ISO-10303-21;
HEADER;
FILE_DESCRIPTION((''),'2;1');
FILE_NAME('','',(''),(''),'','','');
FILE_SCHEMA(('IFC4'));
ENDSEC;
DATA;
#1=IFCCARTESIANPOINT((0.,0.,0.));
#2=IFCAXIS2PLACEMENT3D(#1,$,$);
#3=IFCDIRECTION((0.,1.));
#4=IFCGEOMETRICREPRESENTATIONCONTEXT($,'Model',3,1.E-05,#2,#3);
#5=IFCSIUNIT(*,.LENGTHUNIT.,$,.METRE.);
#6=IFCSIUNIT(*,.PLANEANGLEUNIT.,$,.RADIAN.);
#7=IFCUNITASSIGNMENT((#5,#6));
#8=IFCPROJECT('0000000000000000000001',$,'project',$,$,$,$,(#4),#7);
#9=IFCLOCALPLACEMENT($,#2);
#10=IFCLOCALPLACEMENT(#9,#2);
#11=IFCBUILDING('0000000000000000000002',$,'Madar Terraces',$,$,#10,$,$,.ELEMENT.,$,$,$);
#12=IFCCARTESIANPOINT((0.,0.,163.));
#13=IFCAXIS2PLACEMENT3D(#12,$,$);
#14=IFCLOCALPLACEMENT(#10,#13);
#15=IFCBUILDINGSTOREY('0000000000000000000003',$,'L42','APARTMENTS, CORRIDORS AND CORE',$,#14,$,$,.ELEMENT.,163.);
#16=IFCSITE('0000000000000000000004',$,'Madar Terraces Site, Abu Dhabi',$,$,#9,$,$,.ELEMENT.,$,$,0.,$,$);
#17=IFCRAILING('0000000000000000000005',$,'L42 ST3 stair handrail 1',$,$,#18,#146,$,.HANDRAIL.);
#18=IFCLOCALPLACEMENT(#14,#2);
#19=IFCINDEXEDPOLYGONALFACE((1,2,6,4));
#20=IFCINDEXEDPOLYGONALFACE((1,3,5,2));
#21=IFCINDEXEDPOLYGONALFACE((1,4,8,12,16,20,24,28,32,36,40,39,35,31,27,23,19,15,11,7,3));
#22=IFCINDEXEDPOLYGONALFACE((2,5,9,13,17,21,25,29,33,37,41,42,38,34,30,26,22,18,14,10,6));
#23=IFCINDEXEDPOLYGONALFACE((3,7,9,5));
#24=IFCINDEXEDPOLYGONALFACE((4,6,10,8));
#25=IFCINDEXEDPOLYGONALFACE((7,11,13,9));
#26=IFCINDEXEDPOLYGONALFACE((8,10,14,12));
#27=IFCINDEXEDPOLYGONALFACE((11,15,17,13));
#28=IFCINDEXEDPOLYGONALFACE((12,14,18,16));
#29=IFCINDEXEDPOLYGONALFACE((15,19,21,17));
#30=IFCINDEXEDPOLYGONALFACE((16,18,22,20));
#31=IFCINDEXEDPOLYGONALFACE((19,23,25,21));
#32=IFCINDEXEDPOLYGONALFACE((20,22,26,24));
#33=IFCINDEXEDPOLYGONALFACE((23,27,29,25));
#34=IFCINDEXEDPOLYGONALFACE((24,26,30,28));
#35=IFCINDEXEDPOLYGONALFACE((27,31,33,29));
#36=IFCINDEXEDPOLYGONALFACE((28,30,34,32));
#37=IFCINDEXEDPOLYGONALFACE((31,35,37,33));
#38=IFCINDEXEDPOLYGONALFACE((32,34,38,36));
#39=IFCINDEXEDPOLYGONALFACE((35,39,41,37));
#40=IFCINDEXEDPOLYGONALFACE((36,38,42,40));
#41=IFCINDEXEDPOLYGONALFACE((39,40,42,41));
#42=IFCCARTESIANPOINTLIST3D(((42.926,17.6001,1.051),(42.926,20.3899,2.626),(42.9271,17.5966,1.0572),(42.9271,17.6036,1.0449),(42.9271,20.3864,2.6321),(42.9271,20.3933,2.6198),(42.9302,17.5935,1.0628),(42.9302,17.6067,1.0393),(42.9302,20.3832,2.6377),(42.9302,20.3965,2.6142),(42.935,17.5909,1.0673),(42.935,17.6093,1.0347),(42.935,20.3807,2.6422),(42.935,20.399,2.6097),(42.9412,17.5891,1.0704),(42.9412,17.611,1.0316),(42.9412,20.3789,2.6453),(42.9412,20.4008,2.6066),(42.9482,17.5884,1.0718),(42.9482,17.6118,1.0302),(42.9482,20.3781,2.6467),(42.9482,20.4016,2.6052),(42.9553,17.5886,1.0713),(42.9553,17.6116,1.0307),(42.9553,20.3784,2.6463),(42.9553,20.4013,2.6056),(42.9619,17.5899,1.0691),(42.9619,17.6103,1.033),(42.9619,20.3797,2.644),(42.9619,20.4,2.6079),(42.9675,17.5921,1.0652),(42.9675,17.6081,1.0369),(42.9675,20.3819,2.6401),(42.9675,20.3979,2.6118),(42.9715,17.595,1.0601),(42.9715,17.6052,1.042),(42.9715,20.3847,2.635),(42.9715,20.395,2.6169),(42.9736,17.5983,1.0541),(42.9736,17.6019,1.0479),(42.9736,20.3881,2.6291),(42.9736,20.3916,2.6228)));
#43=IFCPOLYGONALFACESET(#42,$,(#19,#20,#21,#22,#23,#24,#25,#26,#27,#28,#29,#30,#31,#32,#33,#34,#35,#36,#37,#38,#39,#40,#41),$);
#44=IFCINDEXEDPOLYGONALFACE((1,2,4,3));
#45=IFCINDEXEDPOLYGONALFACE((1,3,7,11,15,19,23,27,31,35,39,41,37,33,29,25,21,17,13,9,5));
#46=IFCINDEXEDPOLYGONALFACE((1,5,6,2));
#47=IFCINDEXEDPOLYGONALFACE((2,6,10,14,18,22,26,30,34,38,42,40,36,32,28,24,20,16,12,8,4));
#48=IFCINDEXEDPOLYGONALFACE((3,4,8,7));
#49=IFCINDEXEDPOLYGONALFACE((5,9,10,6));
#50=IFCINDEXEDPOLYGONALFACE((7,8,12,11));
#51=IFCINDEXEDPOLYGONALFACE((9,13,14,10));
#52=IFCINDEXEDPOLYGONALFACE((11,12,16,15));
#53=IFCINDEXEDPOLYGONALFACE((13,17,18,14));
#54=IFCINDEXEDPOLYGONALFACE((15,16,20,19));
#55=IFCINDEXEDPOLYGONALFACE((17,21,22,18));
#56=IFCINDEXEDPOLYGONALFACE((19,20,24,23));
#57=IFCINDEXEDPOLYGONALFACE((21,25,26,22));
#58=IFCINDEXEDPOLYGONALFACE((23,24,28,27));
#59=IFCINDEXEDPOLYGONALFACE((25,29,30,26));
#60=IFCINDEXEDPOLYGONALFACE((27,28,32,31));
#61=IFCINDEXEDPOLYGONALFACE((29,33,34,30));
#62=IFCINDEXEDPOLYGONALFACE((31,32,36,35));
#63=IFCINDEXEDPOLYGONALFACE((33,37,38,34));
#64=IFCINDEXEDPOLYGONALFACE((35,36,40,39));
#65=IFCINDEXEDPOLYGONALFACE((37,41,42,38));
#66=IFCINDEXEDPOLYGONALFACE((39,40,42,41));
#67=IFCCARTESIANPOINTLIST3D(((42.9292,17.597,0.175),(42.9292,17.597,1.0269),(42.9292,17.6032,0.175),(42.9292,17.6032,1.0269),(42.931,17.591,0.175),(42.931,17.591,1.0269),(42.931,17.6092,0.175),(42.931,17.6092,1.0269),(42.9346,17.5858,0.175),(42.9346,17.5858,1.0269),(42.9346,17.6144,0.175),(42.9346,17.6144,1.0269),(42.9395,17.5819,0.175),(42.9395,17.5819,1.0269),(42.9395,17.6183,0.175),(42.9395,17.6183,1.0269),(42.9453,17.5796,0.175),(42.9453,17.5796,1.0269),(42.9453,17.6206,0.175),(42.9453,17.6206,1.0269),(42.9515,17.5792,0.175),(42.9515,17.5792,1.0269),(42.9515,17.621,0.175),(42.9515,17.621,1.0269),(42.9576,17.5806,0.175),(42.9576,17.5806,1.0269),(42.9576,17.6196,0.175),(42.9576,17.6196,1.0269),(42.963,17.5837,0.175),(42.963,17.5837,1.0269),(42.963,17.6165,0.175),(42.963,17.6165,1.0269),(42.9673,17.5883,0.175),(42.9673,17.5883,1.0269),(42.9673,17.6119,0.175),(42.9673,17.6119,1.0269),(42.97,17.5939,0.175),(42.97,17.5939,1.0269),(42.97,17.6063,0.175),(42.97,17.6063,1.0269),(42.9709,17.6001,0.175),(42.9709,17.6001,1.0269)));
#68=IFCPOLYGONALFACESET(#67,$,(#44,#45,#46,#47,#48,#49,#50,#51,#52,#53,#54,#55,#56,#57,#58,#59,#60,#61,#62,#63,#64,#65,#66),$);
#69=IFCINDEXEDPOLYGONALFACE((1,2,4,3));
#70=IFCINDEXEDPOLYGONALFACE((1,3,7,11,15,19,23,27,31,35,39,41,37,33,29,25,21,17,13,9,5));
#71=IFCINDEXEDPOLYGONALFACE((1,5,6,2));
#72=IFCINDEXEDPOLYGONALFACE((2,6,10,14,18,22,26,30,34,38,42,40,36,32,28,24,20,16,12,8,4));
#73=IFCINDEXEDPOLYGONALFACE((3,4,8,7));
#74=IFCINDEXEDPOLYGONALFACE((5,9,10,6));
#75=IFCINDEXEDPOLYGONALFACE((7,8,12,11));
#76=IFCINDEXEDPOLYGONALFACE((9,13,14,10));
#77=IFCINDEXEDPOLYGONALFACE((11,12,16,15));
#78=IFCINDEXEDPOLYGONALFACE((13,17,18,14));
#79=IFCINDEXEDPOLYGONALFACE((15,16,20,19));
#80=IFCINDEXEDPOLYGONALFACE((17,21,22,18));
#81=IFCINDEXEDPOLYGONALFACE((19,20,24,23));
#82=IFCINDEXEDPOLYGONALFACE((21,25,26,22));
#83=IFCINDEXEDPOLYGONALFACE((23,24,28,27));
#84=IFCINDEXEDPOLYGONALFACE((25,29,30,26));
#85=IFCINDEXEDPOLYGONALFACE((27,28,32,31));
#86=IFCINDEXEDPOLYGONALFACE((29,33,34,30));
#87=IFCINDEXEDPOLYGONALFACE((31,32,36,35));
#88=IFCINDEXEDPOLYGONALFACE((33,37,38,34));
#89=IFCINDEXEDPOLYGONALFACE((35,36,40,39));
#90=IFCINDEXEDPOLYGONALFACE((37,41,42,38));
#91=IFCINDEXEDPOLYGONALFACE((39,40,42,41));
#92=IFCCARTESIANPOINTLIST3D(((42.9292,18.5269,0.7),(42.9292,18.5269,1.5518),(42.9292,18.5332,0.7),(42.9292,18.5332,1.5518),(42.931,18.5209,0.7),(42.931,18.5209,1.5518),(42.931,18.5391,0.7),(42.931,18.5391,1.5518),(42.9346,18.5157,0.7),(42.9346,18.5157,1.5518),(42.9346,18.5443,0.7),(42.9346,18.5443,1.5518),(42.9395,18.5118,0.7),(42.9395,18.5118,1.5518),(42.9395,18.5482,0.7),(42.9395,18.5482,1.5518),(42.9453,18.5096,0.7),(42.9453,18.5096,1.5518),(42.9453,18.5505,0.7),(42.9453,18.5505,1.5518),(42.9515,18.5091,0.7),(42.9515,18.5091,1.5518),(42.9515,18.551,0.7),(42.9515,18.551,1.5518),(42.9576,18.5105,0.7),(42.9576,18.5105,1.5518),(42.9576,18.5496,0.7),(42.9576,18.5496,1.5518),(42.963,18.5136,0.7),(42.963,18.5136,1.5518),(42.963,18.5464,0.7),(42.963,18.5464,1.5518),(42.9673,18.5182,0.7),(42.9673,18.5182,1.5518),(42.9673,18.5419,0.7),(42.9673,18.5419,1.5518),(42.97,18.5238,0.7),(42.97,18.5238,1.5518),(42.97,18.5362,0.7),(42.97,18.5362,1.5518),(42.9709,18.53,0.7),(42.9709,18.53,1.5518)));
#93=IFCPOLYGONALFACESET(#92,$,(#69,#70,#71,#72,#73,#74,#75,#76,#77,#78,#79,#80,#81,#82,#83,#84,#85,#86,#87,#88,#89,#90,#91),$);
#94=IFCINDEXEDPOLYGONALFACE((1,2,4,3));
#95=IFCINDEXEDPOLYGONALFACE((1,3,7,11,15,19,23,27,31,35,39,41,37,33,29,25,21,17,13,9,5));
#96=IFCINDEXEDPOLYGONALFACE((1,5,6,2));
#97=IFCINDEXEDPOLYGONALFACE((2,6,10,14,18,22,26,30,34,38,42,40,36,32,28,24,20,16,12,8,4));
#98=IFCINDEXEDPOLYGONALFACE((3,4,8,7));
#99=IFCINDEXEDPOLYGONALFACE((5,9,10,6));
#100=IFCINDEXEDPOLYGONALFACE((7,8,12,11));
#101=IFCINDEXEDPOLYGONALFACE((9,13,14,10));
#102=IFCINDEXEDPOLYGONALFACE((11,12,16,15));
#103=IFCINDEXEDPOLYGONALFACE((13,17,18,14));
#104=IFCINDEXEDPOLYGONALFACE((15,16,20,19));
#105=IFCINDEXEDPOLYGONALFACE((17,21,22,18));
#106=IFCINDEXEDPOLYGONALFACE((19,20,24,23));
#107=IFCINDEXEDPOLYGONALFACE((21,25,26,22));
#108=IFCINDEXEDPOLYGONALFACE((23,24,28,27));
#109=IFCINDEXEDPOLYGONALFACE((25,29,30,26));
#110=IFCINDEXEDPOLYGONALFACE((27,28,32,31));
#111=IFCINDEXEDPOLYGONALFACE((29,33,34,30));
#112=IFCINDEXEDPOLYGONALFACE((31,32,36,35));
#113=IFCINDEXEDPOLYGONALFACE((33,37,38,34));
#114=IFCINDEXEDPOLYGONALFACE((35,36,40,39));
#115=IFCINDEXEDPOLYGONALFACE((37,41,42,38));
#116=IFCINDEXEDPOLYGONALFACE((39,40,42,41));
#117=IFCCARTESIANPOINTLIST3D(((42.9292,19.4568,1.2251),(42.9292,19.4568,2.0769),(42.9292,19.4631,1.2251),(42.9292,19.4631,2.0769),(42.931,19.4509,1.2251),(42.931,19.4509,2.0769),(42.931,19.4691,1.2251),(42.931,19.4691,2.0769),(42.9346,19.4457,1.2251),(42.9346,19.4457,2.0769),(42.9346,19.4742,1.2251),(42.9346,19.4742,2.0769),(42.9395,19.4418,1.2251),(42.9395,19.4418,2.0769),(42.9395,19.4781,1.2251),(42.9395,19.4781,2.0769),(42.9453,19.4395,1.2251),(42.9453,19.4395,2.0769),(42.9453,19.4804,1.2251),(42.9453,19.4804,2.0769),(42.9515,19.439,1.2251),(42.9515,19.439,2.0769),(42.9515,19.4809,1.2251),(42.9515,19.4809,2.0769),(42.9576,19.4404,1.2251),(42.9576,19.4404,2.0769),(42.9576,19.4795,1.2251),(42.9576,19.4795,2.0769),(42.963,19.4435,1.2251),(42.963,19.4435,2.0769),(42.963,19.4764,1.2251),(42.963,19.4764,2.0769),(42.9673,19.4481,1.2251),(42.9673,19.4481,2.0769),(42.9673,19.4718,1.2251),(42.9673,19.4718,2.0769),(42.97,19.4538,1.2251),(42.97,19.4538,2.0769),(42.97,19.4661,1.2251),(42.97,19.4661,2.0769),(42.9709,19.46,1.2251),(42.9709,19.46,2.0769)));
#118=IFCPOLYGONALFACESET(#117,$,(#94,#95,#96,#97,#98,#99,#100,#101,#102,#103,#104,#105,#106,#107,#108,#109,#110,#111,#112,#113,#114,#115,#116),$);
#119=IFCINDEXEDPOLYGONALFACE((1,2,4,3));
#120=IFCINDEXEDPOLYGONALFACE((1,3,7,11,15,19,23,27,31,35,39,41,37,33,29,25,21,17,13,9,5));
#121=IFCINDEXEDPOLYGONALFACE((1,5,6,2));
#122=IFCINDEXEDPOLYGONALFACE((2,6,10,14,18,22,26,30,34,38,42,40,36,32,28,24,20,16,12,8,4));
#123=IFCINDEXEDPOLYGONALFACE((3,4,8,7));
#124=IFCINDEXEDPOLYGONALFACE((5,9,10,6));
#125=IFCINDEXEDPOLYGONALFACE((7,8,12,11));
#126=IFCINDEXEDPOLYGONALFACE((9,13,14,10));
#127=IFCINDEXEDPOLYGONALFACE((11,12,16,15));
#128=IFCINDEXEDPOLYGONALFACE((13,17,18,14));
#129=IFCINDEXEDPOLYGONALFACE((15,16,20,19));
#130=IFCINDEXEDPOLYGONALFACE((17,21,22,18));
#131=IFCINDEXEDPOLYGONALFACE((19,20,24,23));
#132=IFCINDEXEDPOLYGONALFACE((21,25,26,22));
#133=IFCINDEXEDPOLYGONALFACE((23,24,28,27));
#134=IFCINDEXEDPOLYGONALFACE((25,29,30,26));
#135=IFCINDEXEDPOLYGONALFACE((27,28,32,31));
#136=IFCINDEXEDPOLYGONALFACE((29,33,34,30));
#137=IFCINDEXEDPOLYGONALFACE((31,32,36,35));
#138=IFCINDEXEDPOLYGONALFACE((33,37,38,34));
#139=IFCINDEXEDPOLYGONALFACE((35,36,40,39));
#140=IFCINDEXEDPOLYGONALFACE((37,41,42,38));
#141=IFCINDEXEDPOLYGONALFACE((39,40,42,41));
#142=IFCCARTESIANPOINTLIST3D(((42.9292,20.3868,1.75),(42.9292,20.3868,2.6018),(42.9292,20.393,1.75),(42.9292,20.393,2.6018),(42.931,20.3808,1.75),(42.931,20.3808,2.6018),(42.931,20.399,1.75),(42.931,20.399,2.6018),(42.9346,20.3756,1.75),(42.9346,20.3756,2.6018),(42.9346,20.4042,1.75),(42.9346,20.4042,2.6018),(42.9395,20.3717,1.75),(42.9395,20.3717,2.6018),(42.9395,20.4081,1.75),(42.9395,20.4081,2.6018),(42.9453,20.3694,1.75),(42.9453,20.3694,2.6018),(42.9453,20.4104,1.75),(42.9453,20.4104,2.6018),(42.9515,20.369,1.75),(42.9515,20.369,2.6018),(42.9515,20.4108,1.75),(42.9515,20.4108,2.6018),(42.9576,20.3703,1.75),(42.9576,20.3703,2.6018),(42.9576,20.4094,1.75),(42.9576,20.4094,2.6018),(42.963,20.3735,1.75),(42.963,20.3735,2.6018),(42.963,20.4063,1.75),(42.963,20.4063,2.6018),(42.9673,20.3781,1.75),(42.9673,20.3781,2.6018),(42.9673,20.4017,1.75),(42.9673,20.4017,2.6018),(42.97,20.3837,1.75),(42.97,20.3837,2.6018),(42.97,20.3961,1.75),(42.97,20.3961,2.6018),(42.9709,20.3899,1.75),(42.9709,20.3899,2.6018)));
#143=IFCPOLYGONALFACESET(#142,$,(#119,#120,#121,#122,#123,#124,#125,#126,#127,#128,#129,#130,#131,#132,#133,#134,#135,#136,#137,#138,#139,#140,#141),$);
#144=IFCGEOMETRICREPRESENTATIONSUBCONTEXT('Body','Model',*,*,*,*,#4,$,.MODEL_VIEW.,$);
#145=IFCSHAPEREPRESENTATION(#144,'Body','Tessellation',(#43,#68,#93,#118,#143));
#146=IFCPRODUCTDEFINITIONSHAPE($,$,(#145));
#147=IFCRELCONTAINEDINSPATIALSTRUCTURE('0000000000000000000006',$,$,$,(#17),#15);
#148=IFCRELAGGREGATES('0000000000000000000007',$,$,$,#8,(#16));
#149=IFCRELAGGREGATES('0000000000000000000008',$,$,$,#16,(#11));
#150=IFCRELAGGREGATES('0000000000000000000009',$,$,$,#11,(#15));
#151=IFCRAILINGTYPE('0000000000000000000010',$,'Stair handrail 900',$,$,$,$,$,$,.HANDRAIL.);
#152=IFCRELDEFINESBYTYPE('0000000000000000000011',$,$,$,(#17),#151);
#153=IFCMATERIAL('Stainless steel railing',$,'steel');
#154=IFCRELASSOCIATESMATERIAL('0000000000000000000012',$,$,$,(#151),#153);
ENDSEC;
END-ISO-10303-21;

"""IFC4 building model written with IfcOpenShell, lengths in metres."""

from ifc_helpers import new_model, si_unit, direction, frame, origin, origin_2d, place, context, subcontext, project, spatial, circle, extrude, material, type_object, element, save


model = new_model("IFC4")

# Units and contexts
model_context = context("Model", 3, precision=1e-05, world=origin(), true_north=direction((0.0, 1.0)))
body_context = subcontext(model_context, "Body", "Model", "MODEL_VIEW")
ifc_project = project(units=[si_unit("LENGTHUNIT", "METRE"), si_unit("PLANEANGLEUNIT", "RADIAN")], contexts=[model_context])

# Site, building, storey
site_placement = place(None, origin())
site = spatial("IfcSite", under=ifc_project, at=site_placement, Name="Madar Terraces Site, Abu Dhabi", CompositionType="ELEMENT", RefElevation=0.0)
building_placement = place(site_placement, origin())
building = spatial("IfcBuilding", under=site, at=building_placement, Name="Madar Terraces", CompositionType="ELEMENT")
storey_placement = place(building_placement, frame((0.0, 0.0, 163.0)))
storey = spatial("IfcBuildingStorey", under=building, at=storey_placement, Name="L42", Description="APARTMENTS, CORRIDORS AND CORE", CompositionType="ELEMENT", Elevation=163.0)

# Railing
ifc_material_1 = material(Name="Stainless steel railing", Category="steel")
railing_type_1 = type_object("IfcRailingType", Name="Stair handrail 900", PredefinedType="HANDRAIL", material=ifc_material_1)
railing_1_placement = place(storey_placement, frame((42.95, 17.6001, 0.175)))
element("IfcRailing", 1, at=railing_1_placement, inside=storey, type_object=railing_type_1, Name="L42 ST3 stair handrail 1", PredefinedType="HANDRAIL", context=body_context, shape_type="SweptSolid", body=[
    extrude(circle(Radius=0.0239, at=origin_2d()), frame((0.0, 0.0, 0.876), z_axis=(0.0, 0.870815, 0.49161), x_axis=(-1.0, 0.0, 0.0)), (0.0, 0.0, 1.0), 3.2036),
    extrude(circle(Radius=0.021, at=origin_2d()), origin(), (0.0, 0.0, 1.0), 0.8518),
    extrude(circle(Radius=0.021, at=origin_2d()), frame((0.0, 0.9299, 0.5249)), (0.0, 0.0, 1.0), 0.8518),
    extrude(circle(Radius=0.021, at=origin_2d()), frame((0.0, 1.8599, 1.05)), (0.0, 0.0, 1.0), 0.8518),
    extrude(circle(Radius=0.021, at=origin_2d()), frame((0.0, 2.7898, 1.575)), (0.0, 0.0, 1.0), 0.8518),
])

save(model, "model.ifc")
